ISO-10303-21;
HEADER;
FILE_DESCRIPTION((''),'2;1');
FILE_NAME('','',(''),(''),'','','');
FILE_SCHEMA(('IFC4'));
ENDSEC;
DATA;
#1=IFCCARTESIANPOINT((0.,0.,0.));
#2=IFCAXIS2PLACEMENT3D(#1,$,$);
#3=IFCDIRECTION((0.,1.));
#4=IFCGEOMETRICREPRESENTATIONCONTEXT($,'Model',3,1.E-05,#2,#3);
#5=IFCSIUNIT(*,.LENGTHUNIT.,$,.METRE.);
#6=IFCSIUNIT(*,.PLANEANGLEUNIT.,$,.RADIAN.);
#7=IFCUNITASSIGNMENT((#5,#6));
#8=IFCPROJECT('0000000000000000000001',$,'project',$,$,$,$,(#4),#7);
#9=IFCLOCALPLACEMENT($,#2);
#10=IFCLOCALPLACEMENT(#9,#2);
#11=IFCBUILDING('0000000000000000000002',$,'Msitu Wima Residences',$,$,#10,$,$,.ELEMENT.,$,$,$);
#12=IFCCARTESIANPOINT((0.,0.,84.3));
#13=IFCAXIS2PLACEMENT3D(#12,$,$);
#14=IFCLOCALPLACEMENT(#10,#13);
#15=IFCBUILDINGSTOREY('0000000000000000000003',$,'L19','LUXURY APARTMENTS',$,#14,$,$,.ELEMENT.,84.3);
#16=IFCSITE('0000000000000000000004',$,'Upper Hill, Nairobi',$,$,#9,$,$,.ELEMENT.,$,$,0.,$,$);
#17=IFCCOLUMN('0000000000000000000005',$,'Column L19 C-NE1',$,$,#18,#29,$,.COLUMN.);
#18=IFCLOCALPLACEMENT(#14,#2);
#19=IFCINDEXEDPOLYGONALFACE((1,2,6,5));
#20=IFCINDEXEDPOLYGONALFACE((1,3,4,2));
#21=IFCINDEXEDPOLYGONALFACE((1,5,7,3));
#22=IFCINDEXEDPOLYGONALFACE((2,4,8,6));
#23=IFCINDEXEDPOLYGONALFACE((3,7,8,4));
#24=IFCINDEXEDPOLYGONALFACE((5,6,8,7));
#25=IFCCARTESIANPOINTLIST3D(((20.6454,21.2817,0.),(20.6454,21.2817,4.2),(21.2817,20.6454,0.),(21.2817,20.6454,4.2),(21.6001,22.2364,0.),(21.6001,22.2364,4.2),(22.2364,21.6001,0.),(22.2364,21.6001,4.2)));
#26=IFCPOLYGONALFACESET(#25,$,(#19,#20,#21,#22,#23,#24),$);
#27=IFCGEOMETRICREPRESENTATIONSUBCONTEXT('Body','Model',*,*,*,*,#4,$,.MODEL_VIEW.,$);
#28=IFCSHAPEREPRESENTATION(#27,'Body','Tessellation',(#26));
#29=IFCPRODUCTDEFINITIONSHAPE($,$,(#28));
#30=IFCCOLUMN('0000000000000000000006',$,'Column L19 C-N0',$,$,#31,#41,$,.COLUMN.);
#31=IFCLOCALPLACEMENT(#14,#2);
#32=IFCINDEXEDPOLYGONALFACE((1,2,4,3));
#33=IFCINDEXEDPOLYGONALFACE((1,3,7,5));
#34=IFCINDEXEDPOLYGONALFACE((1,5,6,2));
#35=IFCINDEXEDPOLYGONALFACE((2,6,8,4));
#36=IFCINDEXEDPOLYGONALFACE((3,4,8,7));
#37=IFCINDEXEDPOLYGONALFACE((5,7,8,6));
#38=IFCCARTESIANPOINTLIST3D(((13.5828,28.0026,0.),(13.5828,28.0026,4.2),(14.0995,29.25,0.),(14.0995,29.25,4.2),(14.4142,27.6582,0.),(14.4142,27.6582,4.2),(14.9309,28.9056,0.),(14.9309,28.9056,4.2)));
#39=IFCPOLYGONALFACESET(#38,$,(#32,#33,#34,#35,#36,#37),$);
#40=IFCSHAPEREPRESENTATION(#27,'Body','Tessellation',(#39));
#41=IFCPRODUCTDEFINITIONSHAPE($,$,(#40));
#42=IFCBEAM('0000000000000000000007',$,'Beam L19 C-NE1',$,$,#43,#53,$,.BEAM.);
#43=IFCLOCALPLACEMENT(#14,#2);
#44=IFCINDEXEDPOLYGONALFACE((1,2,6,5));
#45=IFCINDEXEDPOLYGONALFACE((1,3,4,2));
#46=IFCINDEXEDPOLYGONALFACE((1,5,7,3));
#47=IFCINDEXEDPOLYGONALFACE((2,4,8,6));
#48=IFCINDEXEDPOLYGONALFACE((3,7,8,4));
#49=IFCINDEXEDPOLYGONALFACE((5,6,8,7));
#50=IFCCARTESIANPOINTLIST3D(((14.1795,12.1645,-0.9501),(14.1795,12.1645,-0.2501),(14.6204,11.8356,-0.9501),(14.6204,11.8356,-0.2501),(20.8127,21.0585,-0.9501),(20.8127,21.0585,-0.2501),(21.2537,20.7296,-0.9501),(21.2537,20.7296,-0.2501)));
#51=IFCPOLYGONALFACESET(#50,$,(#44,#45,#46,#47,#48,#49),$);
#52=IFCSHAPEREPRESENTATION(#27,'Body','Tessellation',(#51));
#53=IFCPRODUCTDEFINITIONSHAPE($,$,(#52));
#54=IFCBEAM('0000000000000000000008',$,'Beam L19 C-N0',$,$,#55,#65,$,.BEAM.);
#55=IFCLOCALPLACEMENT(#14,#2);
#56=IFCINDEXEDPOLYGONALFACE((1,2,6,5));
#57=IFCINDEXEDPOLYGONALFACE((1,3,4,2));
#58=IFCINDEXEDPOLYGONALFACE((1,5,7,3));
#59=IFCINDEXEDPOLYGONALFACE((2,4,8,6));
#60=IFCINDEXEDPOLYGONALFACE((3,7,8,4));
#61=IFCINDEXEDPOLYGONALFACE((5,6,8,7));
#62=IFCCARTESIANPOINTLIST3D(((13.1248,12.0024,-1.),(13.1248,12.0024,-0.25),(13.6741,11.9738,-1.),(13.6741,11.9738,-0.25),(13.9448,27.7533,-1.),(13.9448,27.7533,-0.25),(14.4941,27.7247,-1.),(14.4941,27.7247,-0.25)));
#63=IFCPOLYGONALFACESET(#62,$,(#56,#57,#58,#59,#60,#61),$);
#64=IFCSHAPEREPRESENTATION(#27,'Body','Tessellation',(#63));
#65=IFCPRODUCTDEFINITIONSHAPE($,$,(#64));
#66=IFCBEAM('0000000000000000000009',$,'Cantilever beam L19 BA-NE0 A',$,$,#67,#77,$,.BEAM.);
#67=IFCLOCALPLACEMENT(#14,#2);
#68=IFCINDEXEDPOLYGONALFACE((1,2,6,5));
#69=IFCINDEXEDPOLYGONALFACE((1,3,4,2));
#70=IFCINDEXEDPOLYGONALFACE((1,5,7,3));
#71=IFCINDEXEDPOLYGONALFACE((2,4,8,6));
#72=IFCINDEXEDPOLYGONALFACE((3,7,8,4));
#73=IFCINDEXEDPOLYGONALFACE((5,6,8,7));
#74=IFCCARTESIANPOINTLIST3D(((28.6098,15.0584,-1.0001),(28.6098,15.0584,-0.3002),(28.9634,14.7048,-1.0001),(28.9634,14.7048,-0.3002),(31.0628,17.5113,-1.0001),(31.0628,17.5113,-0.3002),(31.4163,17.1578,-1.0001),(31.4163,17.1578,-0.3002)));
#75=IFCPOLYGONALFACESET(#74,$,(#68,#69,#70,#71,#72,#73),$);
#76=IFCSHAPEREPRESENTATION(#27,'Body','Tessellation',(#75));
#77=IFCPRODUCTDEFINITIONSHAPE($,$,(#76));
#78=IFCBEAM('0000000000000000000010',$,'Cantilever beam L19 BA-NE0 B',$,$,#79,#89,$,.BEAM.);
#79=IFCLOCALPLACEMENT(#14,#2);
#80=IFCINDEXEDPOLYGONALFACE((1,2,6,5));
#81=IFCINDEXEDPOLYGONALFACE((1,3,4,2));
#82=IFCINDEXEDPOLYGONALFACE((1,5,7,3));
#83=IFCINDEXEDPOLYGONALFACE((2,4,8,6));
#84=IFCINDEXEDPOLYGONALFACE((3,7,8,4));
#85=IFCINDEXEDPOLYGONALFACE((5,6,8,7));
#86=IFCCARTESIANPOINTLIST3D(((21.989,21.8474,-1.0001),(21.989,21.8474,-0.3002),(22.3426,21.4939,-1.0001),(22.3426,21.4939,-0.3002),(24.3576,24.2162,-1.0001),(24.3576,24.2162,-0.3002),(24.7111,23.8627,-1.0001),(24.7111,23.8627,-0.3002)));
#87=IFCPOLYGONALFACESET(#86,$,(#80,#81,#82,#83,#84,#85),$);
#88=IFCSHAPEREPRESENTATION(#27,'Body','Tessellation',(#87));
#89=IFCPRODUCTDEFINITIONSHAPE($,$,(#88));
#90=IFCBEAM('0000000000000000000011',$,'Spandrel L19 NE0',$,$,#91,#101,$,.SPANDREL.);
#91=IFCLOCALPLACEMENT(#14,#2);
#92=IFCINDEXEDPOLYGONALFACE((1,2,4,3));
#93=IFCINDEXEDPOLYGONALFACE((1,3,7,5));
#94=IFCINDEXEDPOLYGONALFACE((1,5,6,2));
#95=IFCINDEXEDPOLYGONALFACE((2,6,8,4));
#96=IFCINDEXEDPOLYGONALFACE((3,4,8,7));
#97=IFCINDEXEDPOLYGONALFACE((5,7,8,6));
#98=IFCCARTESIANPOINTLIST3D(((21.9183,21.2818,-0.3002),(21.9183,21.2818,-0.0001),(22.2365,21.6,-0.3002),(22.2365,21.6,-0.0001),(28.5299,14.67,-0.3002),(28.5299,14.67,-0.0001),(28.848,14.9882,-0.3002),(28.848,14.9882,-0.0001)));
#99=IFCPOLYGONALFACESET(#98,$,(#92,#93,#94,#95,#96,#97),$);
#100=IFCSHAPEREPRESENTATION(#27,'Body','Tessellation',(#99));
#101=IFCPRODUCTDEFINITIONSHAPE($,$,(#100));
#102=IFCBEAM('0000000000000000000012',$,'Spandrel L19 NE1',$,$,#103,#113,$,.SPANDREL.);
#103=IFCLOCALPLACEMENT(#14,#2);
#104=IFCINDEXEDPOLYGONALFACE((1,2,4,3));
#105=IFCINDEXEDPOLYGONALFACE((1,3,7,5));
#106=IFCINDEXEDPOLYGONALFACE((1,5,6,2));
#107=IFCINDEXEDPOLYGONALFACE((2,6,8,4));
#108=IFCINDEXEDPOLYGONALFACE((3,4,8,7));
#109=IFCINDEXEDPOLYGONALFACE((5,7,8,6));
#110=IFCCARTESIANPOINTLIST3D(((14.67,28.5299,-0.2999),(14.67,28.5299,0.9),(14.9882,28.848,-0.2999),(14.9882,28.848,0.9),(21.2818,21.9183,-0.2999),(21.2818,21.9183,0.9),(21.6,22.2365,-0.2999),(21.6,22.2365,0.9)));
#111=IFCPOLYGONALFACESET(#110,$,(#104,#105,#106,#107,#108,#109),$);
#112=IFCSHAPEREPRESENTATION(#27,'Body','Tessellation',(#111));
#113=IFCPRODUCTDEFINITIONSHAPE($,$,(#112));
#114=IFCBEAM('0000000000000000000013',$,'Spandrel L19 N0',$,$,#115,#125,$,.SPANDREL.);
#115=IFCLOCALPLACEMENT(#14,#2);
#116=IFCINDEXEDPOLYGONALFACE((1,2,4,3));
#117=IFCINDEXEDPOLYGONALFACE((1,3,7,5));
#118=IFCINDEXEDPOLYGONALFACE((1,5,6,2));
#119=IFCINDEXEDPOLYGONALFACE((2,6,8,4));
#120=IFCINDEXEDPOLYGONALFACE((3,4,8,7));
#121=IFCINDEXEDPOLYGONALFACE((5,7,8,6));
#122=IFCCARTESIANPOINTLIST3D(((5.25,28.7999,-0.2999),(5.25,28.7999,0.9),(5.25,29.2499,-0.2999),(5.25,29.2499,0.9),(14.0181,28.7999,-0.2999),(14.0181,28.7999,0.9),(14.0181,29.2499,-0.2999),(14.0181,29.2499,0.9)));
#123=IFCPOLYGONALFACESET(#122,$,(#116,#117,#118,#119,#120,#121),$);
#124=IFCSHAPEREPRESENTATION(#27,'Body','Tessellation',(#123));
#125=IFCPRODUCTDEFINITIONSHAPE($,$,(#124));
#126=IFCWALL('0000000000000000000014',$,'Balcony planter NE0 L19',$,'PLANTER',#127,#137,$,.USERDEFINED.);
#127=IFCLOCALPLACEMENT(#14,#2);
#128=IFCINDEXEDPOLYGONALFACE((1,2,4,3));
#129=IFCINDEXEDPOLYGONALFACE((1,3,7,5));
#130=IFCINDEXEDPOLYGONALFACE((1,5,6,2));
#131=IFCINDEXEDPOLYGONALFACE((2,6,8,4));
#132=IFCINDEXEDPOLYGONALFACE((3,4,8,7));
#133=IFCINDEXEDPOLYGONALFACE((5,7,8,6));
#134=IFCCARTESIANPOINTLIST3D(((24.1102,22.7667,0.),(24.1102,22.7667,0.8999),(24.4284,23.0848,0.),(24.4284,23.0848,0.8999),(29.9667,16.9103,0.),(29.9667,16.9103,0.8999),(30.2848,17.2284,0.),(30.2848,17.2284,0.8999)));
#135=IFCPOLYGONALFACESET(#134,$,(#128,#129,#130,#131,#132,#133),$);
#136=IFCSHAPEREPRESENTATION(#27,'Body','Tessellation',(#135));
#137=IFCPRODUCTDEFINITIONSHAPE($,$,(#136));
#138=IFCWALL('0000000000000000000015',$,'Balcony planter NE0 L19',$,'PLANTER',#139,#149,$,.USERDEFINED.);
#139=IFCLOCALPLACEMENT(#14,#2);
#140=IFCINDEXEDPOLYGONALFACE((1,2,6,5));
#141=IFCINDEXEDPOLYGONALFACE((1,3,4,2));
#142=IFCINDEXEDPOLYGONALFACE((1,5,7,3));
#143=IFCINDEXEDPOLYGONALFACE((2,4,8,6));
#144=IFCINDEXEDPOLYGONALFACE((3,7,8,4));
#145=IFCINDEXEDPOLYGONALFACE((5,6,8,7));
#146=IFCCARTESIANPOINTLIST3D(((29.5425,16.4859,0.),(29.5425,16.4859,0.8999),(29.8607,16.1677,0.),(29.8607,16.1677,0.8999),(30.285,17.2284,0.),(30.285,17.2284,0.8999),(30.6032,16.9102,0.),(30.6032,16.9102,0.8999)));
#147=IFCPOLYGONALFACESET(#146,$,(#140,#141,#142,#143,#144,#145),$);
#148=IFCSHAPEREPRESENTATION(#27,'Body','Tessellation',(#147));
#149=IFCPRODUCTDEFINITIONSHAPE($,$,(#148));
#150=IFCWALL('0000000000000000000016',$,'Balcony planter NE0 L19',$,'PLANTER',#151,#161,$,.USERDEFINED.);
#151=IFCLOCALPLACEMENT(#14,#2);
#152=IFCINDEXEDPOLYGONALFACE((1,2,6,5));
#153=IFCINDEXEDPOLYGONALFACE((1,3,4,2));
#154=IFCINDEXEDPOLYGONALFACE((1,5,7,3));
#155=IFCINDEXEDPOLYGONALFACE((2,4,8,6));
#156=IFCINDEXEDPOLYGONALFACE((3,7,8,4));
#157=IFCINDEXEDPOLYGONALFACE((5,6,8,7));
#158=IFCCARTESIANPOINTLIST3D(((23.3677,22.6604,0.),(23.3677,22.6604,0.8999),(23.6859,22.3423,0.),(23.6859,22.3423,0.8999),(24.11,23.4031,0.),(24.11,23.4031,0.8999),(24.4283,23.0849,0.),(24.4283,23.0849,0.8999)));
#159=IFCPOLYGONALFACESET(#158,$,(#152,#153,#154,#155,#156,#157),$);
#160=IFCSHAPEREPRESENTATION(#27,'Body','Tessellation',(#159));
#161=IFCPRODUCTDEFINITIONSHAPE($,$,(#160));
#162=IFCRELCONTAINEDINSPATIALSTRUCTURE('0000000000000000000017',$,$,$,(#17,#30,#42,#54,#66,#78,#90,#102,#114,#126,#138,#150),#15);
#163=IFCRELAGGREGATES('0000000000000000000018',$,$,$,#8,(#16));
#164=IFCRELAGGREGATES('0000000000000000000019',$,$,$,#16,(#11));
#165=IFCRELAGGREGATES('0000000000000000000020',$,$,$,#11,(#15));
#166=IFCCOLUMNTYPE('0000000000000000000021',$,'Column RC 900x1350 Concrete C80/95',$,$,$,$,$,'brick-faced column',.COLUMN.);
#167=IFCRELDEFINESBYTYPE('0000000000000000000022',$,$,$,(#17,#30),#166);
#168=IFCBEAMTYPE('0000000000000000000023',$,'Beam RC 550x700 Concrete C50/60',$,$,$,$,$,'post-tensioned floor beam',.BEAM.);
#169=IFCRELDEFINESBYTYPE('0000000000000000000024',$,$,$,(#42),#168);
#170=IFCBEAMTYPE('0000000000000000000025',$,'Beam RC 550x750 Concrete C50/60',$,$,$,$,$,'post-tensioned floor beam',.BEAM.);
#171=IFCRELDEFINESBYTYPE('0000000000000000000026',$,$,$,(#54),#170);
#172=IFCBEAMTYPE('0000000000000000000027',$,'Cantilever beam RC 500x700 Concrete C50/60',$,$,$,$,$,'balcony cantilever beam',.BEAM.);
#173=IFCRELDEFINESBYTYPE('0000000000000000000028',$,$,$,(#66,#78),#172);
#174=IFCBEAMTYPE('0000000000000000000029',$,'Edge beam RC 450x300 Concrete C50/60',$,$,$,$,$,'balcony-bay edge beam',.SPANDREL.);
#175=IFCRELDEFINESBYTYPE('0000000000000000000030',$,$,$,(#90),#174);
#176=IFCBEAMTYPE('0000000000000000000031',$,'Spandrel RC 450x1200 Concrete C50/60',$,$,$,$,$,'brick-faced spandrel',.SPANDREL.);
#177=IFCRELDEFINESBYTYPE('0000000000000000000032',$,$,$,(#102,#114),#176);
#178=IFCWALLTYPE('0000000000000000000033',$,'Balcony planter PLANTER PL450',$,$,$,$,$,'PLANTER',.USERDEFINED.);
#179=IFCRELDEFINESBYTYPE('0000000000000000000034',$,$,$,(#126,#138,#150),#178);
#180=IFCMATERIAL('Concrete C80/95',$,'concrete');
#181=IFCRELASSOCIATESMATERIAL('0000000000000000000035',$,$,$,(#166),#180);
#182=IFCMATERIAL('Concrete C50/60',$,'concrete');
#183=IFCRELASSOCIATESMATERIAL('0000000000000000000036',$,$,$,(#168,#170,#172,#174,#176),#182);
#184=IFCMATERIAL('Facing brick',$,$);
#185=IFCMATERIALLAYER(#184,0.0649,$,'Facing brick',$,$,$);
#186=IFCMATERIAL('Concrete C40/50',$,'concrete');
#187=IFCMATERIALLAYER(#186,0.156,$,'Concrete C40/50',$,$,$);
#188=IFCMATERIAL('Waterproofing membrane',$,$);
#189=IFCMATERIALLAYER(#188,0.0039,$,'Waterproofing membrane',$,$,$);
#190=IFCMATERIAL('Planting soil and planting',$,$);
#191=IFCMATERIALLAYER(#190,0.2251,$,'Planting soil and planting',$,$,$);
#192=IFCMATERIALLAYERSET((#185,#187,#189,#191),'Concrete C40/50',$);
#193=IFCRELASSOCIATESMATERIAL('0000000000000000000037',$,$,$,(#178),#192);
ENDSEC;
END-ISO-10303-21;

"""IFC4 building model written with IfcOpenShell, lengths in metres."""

from ifc_helpers import new_model, si_unit, direction, frame, frame_2d, origin, origin_2d, place, context, subcontext, project, spatial, rectangle, extrude, material, layer, layer_set, material_profile, profile_set, type_object, element, save


model = new_model("IFC4")

# Units and contexts
model_context = context("Model", 3, precision=1e-05, world=origin(), true_north=direction((0.0, 1.0)))
body_context = subcontext(model_context, "Body", "Model", "MODEL_VIEW")
ifc_project = project(units=[si_unit("LENGTHUNIT", "METRE"), si_unit("PLANEANGLEUNIT", "RADIAN")], contexts=[model_context])

# Site, building, storey
site_placement = place(None, origin())
site = spatial("IfcSite", under=ifc_project, at=site_placement, Name="Upper Hill, Nairobi", CompositionType="ELEMENT", RefElevation=0.0)
building_placement = place(site_placement, origin())
building = spatial("IfcBuilding", under=site, at=building_placement, Name="Msitu Wima Residences", CompositionType="ELEMENT")
storey_placement = place(building_placement, frame((0.0, 0.0, 84.3)))
storey = spatial("IfcBuildingStorey", under=building, at=storey_placement, Name="L19", Description="LUXURY APARTMENTS", CompositionType="ELEMENT", Elevation=84.3)

# Columns
ifc_material_1 = material(Name="Concrete C80/95", Category="concrete")
ifc_material_profile_1 = material_profile(ifc_material_1, rectangle(XDim=0.8999, YDim=1.3501, at=origin_2d()), Name="RC 900x1350")
ifc_profile_set_1 = profile_set([ifc_material_profile_1], Name="Concrete C80/95")
column_type = type_object("IfcColumnType", Name="Column RC 900x1350 Concrete C80/95", ElementType="brick-faced column", PredefinedType="COLUMN", material=ifc_profile_set_1)
for number, where, z_axis, x_axis, name in (
    (1, (21.4409, 21.4409, 0.0), (0.0, 0.0, 1.0), (-0.707107, 0.707107, 0.0), "Column L19 C-NE1"),
    (2, (14.2568, 28.4541, 0.0), (0.0, 0.0, 1.0), (-0.92388, 0.382683, 0.0), "Column L19 C-N0"),
):
    element("IfcColumn", number, at=place(storey_placement, frame(where, z_axis=z_axis, x_axis=x_axis)), inside=storey, type_object=column_type, Name=name, PredefinedType="COLUMN", context=body_context, shape_type="SweptSolid", body=[
        extrude(rectangle(XDim=0.8999, YDim=1.3501, at=origin_2d()), origin(), (0.0, 0.0, 1.0), 4.2),
    ])

# Beams
ifc_material_2 = material(Name="Concrete C50/60", Category="concrete")
ifc_material_profile_2 = material_profile(ifc_material_2, rectangle(XDim=0.55, YDim=0.7, at=origin_2d()), Name="RC 550x700")
ifc_profile_set_2 = profile_set([ifc_material_profile_2], Name="Concrete C50/60")
beam_type_1 = type_object("IfcBeamType", Name="Beam RC 550x700 Concrete C50/60", ElementType="post-tensioned floor beam", PredefinedType="BEAM", material=ifc_profile_set_2)
beam_1_placement = place(storey_placement, frame((21.0332, 20.894, -0.6001), z_axis=(-0.59785, -0.801608, 0.0), x_axis=(0.801608, -0.59785, 0.0)))
element("IfcBeam", 3, at=beam_1_placement, inside=storey, type_object=beam_type_1, Name="Beam L19 C-NE1", PredefinedType="BEAM", context=body_context, shape_type="SweptSolid", body=[
    extrude(rectangle(XDim=0.55, YDim=0.7, at=origin_2d()), origin(), (0.0, 0.0, 1.0), 11.0952),
])
ifc_material_profile_3 = material_profile(ifc_material_2, rectangle(XDim=0.55, YDim=0.75, at=origin_2d()), Name="RC 550x750")
ifc_profile_set_3 = profile_set([ifc_material_profile_3], Name="Concrete C50/60")
beam_type_2 = type_object("IfcBeamType", Name="Beam RC 550x750 Concrete C50/60", ElementType="post-tensioned floor beam", PredefinedType="BEAM", material=ifc_profile_set_3)
beam_2_placement = place(storey_placement, frame((14.2195, 27.739, -0.625), z_axis=(-0.051994, -0.998647, 0.0), x_axis=(0.998647, -0.051994, 0.0)))
element("IfcBeam", 4, at=beam_2_placement, inside=storey, type_object=beam_type_2, Name="Beam L19 C-N0", PredefinedType="BEAM", context=body_context, shape_type="SweptSolid", body=[
    extrude(rectangle(XDim=0.55, YDim=0.75, at=origin_2d()), origin(), (0.0, 0.0, 1.0), 15.7722),
])
ifc_material_profile_4 = material_profile(ifc_material_2, rectangle(XDim=0.5, YDim=0.7, at=origin_2d()), Name="RC 500x700")
ifc_profile_set_4 = profile_set([ifc_material_profile_4], Name="Concrete C50/60")
beam_type_3 = type_object("IfcBeamType", Name="Cantilever beam RC 500x700 Concrete C50/60", ElementType="balcony cantilever beam", PredefinedType="BEAM", material=ifc_profile_set_4)
beam_3_placement = place(storey_placement, frame((28.7866, 14.8816, -0.6501), z_axis=(0.707107, 0.707107, 0.0), x_axis=(-0.707107, 0.707107, 0.0)))
element("IfcBeam", 5, at=beam_3_placement, inside=storey, type_object=beam_type_3, Name="Cantilever beam L19 BA-NE0 A", PredefinedType="BEAM", context=body_context, shape_type="SweptSolid", body=[
    extrude(rectangle(XDim=0.5, YDim=0.7, at=origin_2d()), origin(), (0.0, 0.0, 1.0), 3.469),
])
beam_4_placement = place(storey_placement, frame((22.1658, 21.6707, -0.6501), z_axis=(0.70707, 0.707143, 0.0), x_axis=(-0.707143, 0.70707, 0.0)))
element("IfcBeam", 6, at=beam_4_placement, inside=storey, type_object=beam_type_3, Name="Cantilever beam L19 BA-NE0 B", PredefinedType="BEAM", context=body_context, shape_type="SweptSolid", body=[
    extrude(rectangle(XDim=0.5, YDim=0.7, at=origin_2d()), origin(), (0.0, 0.0, 1.0), 3.3499),
])
ifc_material_profile_5 = material_profile(ifc_material_2, rectangle(XDim=0.45, YDim=0.3, at=origin_2d()), Name="RC 450x300")
ifc_profile_set_5 = profile_set([ifc_material_profile_5], Name="Concrete C50/60")
beam_type_4 = type_object("IfcBeamType", Name="Edge beam RC 450x300 Concrete C50/60", ElementType="balcony-bay edge beam", PredefinedType="SPANDREL", material=ifc_profile_set_5)
beam_5_placement = place(storey_placement, frame((28.689, 14.8291, -0.1501), z_axis=(-0.707094, 0.70712, 0.0), x_axis=(-0.70712, -0.707094, 0.0)))
element("IfcBeam", 7, at=beam_5_placement, inside=storey, type_object=beam_type_4, Name="Spandrel L19 NE0", PredefinedType="SPANDREL", context=body_context, shape_type="SweptSolid", body=[
    extrude(rectangle(XDim=0.45, YDim=0.3, at=origin_2d()), origin(), (0.0, 0.0, 1.0), 9.3503),
])
ifc_material_profile_6 = material_profile(ifc_material_2, rectangle(XDim=0.45, YDim=1.2, at=origin_2d()), Name="RC 450x1200")
ifc_profile_set_6 = profile_set([ifc_material_profile_6], Name="Concrete C50/60")
beam_type_5 = type_object("IfcBeamType", Name="Spandrel RC 450x1200 Concrete C50/60", ElementType="brick-faced spandrel", PredefinedType="SPANDREL", material=ifc_profile_set_6)
beam_6_placement = place(storey_placement, frame((21.4409, 22.0774, 0.3), z_axis=(-0.70712, 0.707094, 0.0), x_axis=(-0.707094, -0.70712, 0.0)))
element("IfcBeam", 8, at=beam_6_placement, inside=storey, type_object=beam_type_5, Name="Spandrel L19 NE1", PredefinedType="SPANDREL", context=body_context, shape_type="SweptSolid", body=[
    extrude(rectangle(XDim=0.45, YDim=1.2, at=origin_2d()), origin(), (0.0, 0.0, 1.0), 9.3503),
])
beam_7_placement = place(storey_placement, frame((14.0181, 29.0249, 0.3), z_axis=(-1.0, 0.0, 0.0), x_axis=(0.0, -1.0, 0.0)))
element("IfcBeam", 9, at=beam_7_placement, inside=storey, type_object=beam_type_5, Name="Spandrel L19 N0", PredefinedType="SPANDREL", context=body_context, shape_type="SweptSolid", body=[
    extrude(rectangle(XDim=0.45, YDim=1.2, at=origin_2d()), origin(), (0.0, 0.0, 1.0), 8.7681),
])

# Walls
ifc_material_3 = material(Name="Facing brick")
ifc_layer_1 = layer(ifc_material_3, 0.0649, Name="Facing brick")
ifc_material_4 = material(Name="Concrete C40/50", Category="concrete")
ifc_layer_2 = layer(ifc_material_4, 0.156, Name="Concrete C40/50")
ifc_material_5 = material(Name="Waterproofing membrane")
ifc_layer_3 = layer(ifc_material_5, 0.0039, Name="Waterproofing membrane")
ifc_material_6 = material(Name="Planting soil and planting")
ifc_layer_4 = layer(ifc_material_6, 0.2251, Name="Planting soil and planting")
ifc_layer_set_1 = layer_set([ifc_layer_1, ifc_layer_2, ifc_layer_3, ifc_layer_4], Name="Concrete C40/50")
wall_type_1 = type_object("IfcWallType", Name="Balcony planter PLANTER PL450", ElementType="PLANTER", PredefinedType="USERDEFINED", material=ifc_layer_set_1)
wall_1_placement = place(storey_placement, frame((30.1257, 17.0693, 0.0), z_axis=(0.0, 0.0, 1.0), x_axis=(-0.707107, 0.707107, 0.0)))
element("IfcWall", 10, at=wall_1_placement, inside=storey, type_object=wall_type_1, Name="Balcony planter NE0 L19", ObjectType="PLANTER", PredefinedType="USERDEFINED", context=body_context, shape_type="SweptSolid", body=[
    extrude(rectangle(XDim=8.2822, YDim=0.45, at=frame_2d((4.1411, 0.0))), origin(), (0.0, 0.0, 1.0), 0.8999),
])
for number, where, z_axis, x_axis, name in (
    (11, (29.7017, 16.3269, 0.0), (0.0, 0.0, 1.0), (0.707107, 0.707107, 0.0), "Balcony planter NE0 L19"),
    (12, (23.5269, 22.5015, 0.0), (0.0, 0.0, 1.0), (0.706991, 0.707223, 0.0), "Balcony planter NE0 L19"),
):
    element("IfcWall", number, at=place(storey_placement, frame(where, z_axis=z_axis, x_axis=x_axis)), inside=storey, type_object=wall_type_1, Name=name, ObjectType="PLANTER", PredefinedType="USERDEFINED", context=body_context, shape_type="SweptSolid", body=[
        extrude(rectangle(XDim=1.05, YDim=0.45, at=frame_2d((0.5249, 0.0))), origin(), (0.0, 0.0, 1.0), 0.8999),
    ])

save(model, "model.ifc")
